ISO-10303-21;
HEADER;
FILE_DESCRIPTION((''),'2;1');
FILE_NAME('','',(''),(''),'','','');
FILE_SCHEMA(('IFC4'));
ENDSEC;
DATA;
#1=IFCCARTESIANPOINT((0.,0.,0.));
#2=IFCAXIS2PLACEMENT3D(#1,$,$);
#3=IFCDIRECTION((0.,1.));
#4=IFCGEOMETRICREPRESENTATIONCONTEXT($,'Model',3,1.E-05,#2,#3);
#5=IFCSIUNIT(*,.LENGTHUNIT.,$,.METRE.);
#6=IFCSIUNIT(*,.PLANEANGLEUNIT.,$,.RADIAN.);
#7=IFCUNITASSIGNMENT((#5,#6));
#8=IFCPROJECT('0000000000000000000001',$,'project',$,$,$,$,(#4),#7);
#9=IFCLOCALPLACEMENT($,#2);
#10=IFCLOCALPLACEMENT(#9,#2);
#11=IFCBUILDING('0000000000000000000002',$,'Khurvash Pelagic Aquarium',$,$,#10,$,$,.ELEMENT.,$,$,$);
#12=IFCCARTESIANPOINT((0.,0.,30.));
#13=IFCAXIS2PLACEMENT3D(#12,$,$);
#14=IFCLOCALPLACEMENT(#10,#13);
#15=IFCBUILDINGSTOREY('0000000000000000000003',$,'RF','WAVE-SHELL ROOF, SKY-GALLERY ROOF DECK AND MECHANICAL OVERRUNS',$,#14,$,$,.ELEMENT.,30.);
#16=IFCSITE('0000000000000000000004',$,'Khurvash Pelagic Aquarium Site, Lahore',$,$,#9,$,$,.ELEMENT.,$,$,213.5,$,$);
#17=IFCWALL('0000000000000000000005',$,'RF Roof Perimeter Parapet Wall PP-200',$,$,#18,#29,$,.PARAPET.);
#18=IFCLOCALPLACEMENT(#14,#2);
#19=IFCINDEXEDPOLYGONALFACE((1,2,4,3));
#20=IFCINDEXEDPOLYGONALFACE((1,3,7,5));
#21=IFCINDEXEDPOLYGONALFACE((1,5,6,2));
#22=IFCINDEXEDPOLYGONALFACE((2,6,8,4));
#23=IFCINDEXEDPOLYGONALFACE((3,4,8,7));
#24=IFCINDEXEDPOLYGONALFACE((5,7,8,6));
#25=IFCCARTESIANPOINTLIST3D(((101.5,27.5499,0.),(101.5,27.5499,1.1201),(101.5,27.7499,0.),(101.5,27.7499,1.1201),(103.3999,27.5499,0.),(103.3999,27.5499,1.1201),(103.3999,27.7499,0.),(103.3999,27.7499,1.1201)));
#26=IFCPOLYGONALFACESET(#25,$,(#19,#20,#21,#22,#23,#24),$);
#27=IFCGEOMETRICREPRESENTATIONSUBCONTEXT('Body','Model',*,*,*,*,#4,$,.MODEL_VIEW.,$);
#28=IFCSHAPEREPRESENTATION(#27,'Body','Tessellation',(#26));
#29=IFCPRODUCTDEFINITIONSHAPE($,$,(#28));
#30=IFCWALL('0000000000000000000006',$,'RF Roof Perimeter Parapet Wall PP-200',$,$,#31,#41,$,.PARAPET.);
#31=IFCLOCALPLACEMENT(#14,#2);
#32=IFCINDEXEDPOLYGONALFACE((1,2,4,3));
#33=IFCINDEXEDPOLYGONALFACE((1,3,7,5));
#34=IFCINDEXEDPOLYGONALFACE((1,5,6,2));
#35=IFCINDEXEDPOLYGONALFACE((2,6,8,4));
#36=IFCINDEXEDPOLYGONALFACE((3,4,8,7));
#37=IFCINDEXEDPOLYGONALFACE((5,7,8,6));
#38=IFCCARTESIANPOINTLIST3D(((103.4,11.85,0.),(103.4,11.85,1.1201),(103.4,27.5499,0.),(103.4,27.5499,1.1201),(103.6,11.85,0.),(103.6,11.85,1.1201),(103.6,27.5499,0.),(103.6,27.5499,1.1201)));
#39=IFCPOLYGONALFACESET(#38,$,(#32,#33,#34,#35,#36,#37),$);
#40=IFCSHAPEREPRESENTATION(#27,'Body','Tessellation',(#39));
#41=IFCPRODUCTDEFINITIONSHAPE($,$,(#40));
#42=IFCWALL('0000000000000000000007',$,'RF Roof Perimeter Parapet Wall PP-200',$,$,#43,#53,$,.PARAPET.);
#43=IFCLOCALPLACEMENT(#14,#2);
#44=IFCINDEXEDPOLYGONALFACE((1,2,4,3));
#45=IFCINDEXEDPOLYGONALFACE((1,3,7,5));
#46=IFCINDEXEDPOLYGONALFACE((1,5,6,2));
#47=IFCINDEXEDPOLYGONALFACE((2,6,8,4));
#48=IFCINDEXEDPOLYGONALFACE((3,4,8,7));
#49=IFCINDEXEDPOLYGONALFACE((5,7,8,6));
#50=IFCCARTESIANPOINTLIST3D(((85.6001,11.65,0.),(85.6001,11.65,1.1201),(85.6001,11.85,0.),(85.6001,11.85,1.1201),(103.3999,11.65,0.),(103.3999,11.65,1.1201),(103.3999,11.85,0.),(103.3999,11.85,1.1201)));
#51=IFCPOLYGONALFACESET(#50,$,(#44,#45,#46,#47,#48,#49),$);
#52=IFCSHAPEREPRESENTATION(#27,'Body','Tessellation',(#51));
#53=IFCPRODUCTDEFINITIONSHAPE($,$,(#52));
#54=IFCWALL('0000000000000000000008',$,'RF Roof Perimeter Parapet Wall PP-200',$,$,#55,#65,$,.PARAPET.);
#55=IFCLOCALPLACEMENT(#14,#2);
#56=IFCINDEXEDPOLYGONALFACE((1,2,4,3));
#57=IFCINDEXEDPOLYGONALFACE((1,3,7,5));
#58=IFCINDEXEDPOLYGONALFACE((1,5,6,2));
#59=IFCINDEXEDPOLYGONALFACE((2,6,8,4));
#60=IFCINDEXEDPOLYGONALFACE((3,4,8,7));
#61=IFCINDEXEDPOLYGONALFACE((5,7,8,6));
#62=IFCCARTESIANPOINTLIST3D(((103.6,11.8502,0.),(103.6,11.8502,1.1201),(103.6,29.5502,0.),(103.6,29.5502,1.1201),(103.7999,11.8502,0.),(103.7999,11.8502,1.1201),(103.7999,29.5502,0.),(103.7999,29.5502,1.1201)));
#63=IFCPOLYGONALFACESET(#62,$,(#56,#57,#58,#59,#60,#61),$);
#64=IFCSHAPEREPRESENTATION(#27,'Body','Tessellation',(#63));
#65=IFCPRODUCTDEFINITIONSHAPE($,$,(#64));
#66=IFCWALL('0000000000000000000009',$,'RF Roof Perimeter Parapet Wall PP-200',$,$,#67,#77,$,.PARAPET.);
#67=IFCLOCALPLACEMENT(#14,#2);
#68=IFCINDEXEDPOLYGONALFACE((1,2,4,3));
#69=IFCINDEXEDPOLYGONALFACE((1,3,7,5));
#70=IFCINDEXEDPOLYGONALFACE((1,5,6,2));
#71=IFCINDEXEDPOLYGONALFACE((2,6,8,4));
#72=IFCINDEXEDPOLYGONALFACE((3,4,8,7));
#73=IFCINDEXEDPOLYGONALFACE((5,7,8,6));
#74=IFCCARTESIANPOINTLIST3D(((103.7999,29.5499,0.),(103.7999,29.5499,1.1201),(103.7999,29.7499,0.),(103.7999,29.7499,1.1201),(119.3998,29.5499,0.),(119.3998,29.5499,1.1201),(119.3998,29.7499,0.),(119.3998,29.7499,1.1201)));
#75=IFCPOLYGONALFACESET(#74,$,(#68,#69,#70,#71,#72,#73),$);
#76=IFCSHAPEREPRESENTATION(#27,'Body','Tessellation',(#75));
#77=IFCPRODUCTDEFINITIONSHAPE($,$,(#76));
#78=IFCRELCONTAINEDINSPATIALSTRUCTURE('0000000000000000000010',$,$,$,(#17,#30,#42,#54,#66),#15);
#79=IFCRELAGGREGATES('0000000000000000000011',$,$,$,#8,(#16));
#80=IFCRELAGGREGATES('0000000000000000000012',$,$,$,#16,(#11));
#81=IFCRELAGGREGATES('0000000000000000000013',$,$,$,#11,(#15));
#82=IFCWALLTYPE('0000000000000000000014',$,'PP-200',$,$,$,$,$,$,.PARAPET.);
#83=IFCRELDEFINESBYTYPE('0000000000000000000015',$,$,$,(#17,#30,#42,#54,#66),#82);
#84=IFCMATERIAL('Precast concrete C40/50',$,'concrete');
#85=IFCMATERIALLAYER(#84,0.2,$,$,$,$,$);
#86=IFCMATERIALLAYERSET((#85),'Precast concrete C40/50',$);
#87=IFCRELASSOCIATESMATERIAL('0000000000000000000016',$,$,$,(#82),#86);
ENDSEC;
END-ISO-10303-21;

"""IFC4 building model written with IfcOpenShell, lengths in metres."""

from ifc_helpers import new_model, si_unit, direction, frame, frame_2d, origin, place, context, subcontext, project, spatial, rectangle, extrude, material, layer, layer_set, type_object, element, save


model = new_model("IFC4")

# Units and contexts
model_context = context("Model", 3, precision=1e-05, world=origin(), true_north=direction((0.0, 1.0)))
body_context = subcontext(model_context, "Body", "Model", "MODEL_VIEW")
ifc_project = project(units=[si_unit("LENGTHUNIT", "METRE"), si_unit("PLANEANGLEUNIT", "RADIAN")], contexts=[model_context])

# Site, building, storey
site_placement = place(None, origin())
site = spatial("IfcSite", under=ifc_project, at=site_placement, Name="Khurvash Pelagic Aquarium Site, Lahore", CompositionType="ELEMENT", RefElevation=213.5)
building_placement = place(site_placement, origin())
building = spatial("IfcBuilding", under=site, at=building_placement, Name="Khurvash Pelagic Aquarium", CompositionType="ELEMENT")
storey_placement = place(building_placement, frame((0.0, 0.0, 30.0)))
storey = spatial("IfcBuildingStorey", under=building, at=storey_placement, Name="RF", Description="WAVE-SHELL ROOF, SKY-GALLERY ROOF DECK AND MECHANICAL OVERRUNS", CompositionType="ELEMENT", Elevation=30.0)

# Walls
ifc_material_1 = material(Name="Precast concrete C40/50", Category="concrete")
ifc_layer = layer(ifc_material_1, 0.2)
ifc_layer_set = layer_set([ifc_layer], Name="Precast concrete C40/50")
wall_type = type_object("IfcWallType", Name="PP-200", PredefinedType="PARAPET", material=ifc_layer_set)
wall_1_placement = place(storey_placement, frame((101.5, 27.6499, 0.0), z_axis=(0.0, 0.0, 1.0), x_axis=(1.0, 0.0, 0.0)))
element("IfcWall", 1, at=wall_1_placement, inside=storey, type_object=wall_type, Name="RF Roof Perimeter Parapet Wall PP-200", PredefinedType="PARAPET", context=body_context, shape_type="SweptSolid", body=[
    extrude(rectangle(XDim=1.8999, YDim=0.2, at=frame_2d((0.95, 0.0))), origin(), (0.0, 0.0, 1.0), 1.1201),
])
wall_2_placement = place(storey_placement, frame((103.5, 27.55, 0.0), z_axis=(0.0, 0.0, 1.0), x_axis=(0.0, -1.0, 0.0)))
element("IfcWall", 2, at=wall_2_placement, inside=storey, type_object=wall_type, Name="RF Roof Perimeter Parapet Wall PP-200", PredefinedType="PARAPET", context=body_context, shape_type="SweptSolid", body=[
    extrude(rectangle(XDim=15.7, YDim=0.2, at=frame_2d((7.8501, 0.0))), origin(), (0.0, 0.0, 1.0), 1.1201),
])
wall_3_placement = place(storey_placement, frame((103.3999, 11.75, 0.0), z_axis=(0.0, 0.0, 1.0), x_axis=(-1.0, 0.0, 0.0)))
element("IfcWall", 3, at=wall_3_placement, inside=storey, type_object=wall_type, Name="RF Roof Perimeter Parapet Wall PP-200", PredefinedType="PARAPET", context=body_context, shape_type="SweptSolid", body=[
    extrude(rectangle(XDim=17.7998, YDim=0.2, at=frame_2d((8.8999, 0.0))), origin(), (0.0, 0.0, 1.0), 1.1201),
])
wall_4_placement = place(storey_placement, frame((103.7, 11.8501, 0.0), z_axis=(0.0, 0.0, 1.0), x_axis=(0.0, 1.0, 0.0)))
element("IfcWall", 4, at=wall_4_placement, inside=storey, type_object=wall_type, Name="RF Roof Perimeter Parapet Wall PP-200", PredefinedType="PARAPET", context=body_context, shape_type="SweptSolid", body=[
    extrude(rectangle(XDim=17.7, YDim=0.2, at=frame_2d((8.8501, 0.0))), origin(), (0.0, 0.0, 1.0), 1.1201),
])
wall_5_placement = place(storey_placement, frame((103.8, 29.6499, 0.0), z_axis=(0.0, 0.0, 1.0), x_axis=(1.0, 0.0, 0.0)))
element("IfcWall", 5, at=wall_5_placement, inside=storey, type_object=wall_type, Name="RF Roof Perimeter Parapet Wall PP-200", PredefinedType="PARAPET", context=body_context, shape_type="SweptSolid", body=[
    extrude(rectangle(XDim=15.5999, YDim=0.2, at=frame_2d((7.7998, 0.0))), origin(), (0.0, 0.0, 1.0), 1.1201),
])

save(model, "model.ifc")
